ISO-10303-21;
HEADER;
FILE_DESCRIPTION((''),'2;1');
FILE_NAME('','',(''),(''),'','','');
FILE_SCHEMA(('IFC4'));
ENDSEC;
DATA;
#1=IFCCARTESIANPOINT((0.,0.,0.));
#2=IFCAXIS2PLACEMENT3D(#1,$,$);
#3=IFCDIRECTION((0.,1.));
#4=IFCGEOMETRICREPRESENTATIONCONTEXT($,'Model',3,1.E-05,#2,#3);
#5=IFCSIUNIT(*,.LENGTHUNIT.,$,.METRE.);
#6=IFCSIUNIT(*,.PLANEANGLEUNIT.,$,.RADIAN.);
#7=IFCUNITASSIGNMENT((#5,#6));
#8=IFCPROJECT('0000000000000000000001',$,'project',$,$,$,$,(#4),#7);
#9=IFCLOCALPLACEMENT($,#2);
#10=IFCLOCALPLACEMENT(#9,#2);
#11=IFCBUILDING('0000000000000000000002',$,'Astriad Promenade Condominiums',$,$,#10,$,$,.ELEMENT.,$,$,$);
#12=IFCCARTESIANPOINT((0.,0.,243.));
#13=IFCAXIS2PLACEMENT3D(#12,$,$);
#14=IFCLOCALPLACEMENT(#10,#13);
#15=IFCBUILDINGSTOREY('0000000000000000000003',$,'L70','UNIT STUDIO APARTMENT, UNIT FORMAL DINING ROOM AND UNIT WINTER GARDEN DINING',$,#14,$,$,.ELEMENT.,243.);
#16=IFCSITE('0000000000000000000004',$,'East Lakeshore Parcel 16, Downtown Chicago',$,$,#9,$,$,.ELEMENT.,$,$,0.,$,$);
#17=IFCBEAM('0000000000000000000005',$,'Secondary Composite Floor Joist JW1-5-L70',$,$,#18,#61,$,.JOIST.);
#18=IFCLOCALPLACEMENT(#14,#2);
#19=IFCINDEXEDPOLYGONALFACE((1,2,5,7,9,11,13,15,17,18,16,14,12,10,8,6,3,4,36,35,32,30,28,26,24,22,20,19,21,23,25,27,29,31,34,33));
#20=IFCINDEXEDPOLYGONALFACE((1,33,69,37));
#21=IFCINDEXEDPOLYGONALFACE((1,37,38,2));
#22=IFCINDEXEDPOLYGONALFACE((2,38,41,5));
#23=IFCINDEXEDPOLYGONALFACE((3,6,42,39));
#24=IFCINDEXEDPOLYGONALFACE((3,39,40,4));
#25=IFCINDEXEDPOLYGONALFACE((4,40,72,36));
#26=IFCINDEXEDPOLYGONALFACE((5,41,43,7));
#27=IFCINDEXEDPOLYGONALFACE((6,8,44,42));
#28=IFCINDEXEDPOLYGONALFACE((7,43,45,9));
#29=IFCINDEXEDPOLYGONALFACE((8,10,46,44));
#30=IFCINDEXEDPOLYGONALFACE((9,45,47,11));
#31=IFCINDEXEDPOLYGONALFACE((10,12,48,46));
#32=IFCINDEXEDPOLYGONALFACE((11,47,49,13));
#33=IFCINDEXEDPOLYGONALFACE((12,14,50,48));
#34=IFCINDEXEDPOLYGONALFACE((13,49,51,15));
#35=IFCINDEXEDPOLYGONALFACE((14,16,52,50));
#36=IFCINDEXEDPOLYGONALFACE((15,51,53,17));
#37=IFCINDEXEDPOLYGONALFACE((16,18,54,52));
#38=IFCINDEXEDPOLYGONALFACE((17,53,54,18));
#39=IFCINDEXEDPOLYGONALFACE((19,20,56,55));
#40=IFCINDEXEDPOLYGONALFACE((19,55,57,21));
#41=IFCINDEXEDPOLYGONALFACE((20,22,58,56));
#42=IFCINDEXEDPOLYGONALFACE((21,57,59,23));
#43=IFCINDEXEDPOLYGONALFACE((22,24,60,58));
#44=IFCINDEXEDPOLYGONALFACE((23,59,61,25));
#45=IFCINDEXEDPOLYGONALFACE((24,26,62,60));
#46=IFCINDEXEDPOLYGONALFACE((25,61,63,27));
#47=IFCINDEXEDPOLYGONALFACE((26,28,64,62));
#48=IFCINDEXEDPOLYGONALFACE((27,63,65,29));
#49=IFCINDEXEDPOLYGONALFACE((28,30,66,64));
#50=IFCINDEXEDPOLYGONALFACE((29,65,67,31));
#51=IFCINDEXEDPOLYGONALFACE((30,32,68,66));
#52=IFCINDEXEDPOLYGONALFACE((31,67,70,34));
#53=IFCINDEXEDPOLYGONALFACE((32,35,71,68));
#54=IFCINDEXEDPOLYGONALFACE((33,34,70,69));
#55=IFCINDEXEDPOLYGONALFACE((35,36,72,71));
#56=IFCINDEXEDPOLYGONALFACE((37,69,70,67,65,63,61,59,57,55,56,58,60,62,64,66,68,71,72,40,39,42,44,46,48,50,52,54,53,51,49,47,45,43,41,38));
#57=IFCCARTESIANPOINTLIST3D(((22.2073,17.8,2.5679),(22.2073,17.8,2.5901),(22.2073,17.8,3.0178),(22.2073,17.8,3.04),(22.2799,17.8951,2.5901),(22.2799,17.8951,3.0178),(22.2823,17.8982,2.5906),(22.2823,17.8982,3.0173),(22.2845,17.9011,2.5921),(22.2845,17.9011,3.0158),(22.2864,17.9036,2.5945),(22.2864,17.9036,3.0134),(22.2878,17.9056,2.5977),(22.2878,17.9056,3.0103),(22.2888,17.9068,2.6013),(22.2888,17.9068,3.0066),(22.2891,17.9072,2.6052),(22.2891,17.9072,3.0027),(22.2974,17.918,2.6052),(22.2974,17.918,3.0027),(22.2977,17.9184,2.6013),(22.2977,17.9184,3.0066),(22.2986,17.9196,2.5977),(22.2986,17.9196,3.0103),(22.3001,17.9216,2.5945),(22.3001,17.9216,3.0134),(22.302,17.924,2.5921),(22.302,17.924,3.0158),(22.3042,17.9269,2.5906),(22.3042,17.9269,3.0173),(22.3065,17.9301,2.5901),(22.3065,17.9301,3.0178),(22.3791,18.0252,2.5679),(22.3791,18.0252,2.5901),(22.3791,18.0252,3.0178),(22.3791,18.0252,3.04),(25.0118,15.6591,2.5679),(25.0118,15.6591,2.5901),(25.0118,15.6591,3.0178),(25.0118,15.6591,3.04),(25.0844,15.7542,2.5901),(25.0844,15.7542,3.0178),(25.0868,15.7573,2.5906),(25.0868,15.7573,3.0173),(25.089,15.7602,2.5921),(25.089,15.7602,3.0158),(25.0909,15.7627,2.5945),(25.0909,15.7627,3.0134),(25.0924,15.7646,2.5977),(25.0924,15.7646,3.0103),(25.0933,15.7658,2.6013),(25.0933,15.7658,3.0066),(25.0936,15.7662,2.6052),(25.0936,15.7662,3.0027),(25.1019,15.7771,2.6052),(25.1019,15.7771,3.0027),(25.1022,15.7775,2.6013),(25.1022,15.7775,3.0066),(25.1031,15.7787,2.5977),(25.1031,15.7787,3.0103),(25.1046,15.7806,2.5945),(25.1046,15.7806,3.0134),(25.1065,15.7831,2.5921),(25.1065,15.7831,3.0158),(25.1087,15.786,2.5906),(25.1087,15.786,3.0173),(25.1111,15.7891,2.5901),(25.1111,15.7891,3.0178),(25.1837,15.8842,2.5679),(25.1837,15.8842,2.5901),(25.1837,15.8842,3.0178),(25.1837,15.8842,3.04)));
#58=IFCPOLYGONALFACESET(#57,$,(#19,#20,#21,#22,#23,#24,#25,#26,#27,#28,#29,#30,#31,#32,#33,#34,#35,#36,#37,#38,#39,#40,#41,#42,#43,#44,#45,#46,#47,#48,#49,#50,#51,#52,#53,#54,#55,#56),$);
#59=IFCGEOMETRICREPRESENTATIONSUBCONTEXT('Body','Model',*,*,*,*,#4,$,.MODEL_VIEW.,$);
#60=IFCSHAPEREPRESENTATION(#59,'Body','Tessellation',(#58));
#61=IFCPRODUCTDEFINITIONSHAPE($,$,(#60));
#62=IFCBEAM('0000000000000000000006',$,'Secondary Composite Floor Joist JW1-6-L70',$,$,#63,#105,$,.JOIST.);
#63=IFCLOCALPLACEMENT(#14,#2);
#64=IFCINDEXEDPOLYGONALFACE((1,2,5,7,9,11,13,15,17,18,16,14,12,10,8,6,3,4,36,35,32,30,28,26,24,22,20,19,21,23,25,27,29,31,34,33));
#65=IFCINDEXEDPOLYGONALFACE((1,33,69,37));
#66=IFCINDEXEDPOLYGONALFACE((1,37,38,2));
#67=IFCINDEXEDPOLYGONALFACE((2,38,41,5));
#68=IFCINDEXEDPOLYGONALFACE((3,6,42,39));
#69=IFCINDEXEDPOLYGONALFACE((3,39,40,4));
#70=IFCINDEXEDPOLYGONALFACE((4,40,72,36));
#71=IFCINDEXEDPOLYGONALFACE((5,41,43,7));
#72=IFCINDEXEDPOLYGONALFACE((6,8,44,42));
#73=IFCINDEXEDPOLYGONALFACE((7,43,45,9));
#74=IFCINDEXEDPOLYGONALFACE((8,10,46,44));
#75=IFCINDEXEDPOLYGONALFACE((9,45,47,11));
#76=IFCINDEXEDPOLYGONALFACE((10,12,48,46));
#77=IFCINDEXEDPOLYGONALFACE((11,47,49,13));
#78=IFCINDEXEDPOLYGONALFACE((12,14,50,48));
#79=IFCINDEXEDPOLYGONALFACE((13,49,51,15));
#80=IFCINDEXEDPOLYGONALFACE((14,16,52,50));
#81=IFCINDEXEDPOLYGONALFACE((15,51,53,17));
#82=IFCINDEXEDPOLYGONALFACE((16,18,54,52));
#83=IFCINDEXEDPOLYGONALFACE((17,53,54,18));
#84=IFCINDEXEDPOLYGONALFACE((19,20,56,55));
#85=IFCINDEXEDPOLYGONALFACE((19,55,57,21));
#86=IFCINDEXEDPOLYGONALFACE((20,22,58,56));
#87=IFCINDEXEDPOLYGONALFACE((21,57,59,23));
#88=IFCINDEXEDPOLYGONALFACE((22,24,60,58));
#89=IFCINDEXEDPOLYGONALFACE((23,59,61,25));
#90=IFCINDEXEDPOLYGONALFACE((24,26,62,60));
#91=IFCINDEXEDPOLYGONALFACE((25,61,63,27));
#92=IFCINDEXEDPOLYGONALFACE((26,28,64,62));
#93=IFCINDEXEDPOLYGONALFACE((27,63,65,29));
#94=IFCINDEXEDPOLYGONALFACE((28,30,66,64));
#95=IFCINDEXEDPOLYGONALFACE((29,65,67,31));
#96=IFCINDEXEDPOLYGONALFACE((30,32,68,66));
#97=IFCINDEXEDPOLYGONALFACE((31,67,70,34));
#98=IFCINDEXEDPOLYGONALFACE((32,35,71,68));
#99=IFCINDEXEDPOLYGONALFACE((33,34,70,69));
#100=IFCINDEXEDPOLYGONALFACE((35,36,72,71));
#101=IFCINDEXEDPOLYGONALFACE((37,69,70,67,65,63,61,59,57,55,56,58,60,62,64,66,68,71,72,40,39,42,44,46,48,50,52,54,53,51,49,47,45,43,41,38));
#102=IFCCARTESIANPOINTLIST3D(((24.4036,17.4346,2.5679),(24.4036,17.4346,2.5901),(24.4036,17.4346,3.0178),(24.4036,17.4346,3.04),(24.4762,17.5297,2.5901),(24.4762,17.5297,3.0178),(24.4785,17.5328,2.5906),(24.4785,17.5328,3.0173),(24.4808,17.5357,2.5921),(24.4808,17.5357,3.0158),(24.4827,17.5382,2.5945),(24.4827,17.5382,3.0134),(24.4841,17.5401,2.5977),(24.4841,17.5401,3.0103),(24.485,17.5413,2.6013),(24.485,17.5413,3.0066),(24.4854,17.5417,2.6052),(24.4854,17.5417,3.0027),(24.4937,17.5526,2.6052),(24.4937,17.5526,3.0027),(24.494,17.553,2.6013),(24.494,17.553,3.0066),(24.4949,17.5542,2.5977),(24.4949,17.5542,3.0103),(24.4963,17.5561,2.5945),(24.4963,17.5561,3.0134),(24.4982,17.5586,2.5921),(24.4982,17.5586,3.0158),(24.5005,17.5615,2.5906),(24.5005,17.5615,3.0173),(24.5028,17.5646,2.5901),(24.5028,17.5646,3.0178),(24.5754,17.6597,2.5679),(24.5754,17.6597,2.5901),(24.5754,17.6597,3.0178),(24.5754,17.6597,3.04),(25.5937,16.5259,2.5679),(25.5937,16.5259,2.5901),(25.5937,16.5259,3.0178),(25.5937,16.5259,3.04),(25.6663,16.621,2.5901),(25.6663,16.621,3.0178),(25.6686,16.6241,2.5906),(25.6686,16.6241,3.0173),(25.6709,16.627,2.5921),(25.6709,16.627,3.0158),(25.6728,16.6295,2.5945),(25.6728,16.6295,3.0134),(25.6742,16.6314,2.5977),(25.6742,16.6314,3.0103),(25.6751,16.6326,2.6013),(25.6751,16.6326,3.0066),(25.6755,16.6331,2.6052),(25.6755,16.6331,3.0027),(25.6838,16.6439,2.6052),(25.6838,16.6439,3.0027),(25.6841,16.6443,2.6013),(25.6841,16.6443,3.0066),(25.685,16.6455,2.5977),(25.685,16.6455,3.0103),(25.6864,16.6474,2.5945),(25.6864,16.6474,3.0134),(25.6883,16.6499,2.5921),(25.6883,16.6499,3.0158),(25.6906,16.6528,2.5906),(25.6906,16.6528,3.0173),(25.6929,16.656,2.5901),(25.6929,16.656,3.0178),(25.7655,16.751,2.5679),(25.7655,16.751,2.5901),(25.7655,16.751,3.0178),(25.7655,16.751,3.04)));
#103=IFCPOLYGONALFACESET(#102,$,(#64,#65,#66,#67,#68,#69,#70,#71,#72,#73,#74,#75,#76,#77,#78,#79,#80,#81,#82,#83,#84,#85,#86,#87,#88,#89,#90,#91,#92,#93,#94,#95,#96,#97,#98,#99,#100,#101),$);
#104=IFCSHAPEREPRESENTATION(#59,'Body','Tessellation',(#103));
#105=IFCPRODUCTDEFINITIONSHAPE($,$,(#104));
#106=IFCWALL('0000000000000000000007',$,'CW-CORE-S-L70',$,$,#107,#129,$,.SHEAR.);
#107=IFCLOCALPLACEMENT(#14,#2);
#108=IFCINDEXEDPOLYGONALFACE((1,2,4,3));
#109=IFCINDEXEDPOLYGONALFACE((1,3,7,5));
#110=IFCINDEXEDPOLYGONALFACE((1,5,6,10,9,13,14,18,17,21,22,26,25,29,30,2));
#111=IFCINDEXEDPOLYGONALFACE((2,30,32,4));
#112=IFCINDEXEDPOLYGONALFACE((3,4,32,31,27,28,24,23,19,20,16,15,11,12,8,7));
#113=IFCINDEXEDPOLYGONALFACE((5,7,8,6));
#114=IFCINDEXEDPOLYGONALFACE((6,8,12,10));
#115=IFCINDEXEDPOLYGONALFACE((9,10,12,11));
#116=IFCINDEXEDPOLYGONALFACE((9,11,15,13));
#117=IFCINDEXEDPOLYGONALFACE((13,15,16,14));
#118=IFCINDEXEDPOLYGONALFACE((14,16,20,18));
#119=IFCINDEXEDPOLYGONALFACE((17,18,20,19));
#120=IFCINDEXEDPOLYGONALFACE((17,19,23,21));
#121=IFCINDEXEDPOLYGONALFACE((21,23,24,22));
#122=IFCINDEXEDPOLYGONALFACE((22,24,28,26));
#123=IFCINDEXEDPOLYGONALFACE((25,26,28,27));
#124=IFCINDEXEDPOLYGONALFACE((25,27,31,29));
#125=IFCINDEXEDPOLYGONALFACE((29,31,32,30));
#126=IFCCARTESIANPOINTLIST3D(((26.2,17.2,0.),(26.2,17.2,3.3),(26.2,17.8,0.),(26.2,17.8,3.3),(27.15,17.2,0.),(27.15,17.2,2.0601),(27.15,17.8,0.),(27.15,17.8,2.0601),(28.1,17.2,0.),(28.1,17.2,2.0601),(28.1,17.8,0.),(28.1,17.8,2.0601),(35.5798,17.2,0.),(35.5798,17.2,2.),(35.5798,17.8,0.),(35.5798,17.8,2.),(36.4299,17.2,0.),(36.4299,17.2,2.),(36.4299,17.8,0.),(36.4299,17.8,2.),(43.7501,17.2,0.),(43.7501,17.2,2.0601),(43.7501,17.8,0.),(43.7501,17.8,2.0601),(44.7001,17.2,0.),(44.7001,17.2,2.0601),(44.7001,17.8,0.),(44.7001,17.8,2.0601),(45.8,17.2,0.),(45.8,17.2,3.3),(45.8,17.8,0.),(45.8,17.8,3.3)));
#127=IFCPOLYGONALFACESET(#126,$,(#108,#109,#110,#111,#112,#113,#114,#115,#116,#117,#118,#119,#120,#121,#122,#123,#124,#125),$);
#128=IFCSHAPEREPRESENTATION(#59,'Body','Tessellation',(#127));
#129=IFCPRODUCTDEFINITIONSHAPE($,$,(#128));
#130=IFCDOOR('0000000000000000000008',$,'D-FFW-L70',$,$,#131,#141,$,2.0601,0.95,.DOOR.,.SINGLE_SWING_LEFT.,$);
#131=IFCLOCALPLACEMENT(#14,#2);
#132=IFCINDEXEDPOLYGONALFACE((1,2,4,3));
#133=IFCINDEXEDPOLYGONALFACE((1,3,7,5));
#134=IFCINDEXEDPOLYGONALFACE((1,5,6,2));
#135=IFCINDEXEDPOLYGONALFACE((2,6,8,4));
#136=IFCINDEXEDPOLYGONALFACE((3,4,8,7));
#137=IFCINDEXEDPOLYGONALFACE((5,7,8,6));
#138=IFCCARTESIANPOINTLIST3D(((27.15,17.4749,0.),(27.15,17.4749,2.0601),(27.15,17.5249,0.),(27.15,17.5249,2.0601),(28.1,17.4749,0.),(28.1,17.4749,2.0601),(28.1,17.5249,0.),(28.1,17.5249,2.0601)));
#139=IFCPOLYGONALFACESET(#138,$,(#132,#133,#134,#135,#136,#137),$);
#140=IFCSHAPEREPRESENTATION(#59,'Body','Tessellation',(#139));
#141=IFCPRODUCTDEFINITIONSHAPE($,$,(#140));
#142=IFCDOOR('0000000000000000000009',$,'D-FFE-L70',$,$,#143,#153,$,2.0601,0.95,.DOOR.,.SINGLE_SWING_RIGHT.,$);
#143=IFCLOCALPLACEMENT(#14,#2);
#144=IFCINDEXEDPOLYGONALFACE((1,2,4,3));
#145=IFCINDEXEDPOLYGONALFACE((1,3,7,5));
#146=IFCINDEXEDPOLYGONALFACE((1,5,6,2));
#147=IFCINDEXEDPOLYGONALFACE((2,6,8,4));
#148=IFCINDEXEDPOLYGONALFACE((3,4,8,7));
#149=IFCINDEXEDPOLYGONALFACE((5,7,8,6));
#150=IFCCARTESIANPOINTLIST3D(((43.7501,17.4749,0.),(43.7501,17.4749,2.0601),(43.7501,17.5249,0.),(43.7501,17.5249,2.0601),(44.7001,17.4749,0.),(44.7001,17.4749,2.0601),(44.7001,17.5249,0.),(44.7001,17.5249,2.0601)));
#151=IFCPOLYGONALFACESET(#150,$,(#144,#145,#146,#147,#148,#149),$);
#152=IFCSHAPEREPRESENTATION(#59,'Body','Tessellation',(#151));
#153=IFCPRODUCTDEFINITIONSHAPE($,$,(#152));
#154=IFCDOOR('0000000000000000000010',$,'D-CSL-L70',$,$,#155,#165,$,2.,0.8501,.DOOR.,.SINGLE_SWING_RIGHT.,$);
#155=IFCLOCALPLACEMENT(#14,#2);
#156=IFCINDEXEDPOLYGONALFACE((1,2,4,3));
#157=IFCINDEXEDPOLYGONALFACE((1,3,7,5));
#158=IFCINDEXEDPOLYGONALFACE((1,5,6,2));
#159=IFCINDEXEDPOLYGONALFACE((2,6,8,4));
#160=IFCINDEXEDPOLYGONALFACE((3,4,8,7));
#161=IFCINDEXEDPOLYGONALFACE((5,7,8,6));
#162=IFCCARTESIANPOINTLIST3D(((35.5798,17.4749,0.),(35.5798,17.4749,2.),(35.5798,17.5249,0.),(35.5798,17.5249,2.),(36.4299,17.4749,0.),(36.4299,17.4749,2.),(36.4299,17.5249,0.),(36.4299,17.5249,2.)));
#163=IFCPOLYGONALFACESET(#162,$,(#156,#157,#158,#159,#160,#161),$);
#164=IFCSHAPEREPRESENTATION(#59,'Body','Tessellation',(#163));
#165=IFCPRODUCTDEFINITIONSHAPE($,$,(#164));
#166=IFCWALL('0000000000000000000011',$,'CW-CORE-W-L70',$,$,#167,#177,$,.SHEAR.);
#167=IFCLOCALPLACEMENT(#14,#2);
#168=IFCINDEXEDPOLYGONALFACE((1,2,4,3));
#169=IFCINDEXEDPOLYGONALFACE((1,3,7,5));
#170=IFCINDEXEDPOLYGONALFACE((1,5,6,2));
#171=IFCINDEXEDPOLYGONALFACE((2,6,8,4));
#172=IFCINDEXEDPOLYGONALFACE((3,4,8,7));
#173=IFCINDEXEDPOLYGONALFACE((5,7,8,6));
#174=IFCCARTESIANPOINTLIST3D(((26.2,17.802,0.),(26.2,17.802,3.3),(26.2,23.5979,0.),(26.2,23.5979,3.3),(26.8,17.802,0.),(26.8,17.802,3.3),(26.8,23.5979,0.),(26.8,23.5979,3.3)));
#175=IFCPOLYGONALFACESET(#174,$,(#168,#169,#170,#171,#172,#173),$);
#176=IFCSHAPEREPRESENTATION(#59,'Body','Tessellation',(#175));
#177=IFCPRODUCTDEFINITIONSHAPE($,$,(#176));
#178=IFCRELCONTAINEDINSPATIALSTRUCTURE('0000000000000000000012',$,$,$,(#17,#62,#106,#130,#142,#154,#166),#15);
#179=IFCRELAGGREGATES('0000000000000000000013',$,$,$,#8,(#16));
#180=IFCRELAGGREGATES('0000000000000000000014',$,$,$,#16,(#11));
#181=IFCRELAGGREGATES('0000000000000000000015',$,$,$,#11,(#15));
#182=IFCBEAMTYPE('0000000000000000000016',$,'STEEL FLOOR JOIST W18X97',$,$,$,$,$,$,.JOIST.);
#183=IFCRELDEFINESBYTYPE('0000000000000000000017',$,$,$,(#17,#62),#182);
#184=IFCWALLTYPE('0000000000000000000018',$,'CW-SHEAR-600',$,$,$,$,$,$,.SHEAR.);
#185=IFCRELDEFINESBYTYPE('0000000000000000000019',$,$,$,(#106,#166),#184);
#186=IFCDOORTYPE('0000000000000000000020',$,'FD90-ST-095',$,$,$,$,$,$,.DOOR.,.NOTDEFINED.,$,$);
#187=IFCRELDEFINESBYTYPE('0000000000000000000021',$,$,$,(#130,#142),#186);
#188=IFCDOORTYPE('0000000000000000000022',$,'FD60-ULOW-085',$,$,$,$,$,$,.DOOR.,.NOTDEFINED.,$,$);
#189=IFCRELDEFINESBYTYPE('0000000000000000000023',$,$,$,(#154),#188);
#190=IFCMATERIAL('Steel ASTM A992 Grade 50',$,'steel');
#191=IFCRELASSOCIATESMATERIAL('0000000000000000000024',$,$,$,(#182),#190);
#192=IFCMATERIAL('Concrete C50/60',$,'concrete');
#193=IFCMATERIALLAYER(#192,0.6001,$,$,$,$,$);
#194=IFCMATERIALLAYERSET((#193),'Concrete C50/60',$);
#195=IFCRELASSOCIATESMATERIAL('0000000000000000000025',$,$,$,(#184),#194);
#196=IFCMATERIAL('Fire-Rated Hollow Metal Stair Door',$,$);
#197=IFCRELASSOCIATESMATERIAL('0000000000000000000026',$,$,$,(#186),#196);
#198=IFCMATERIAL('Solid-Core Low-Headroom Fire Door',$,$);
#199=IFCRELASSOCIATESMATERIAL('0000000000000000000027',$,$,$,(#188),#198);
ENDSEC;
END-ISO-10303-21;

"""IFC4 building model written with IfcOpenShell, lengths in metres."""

from ifc_helpers import new_model, si_unit, direction, frame, frame_2d, origin, origin_2d, place, context, subcontext, project, spatial, rectangle, i_section, extrude, source, transform, mapped, material, layer, layer_set, material_profile, profile_set, type_object, type_shapes, element, fill, save


model = new_model("IFC4")

# Units and contexts
model_context = context("Model", 3, precision=1e-05, world=origin(), true_north=direction((0.0, 1.0)))
body_context = subcontext(model_context, "Body", "Model", "MODEL_VIEW")
ifc_project = project(units=[si_unit("LENGTHUNIT", "METRE"), si_unit("PLANEANGLEUNIT", "RADIAN")], contexts=[model_context])

# Site, building, storey
site_placement = place(None, origin())
site = spatial("IfcSite", under=ifc_project, at=site_placement, Name="East Lakeshore Parcel 16, Downtown Chicago", CompositionType="ELEMENT", RefElevation=0.0)
building_placement = place(site_placement, origin())
building = spatial("IfcBuilding", under=site, at=building_placement, Name="Astriad Promenade Condominiums", CompositionType="ELEMENT")
storey_placement = place(building_placement, frame((0.0, 0.0, 243.0)))
storey = spatial("IfcBuildingStorey", under=building, at=storey_placement, Name="L70", Description="UNIT STUDIO APARTMENT, UNIT FORMAL DINING ROOM AND UNIT WINTER GARDEN DINING", CompositionType="ELEMENT", Elevation=243.0)

# Shared definitions
ifc_material_1 = material(Name="Steel ASTM A992 Grade 50", Category="steel")

# Beams
ifc_material_profile_1 = material_profile(ifc_material_1, i_section(OverallWidth=0.2832, OverallDepth=0.4722, WebThickness=0.0137, FlangeThickness=0.0222, FilletRadius=0.0151, at=origin_2d()), Name="W18X97")
ifc_profile_set_1 = profile_set([ifc_material_profile_1], Name="Steel ASTM A992 Grade 50")
beam_type_1 = type_object("IfcBeamType", Name="STEEL FLOOR JOIST W18X97", PredefinedType="JOIST", material=ifc_profile_set_1)
shared_shape_1 = source(origin(), body_context, "Body", "SweptSolid", [
    extrude(i_section(OverallWidth=0.2832, OverallDepth=0.4722, WebThickness=0.0137, FlangeThickness=0.0222, FilletRadius=0.0151, at=origin_2d()), origin(), (0.0, 0.0, 1.0), 3.5283),
])
beam_1_placement = place(storey_placement, frame((22.2932, 17.9126, 2.804), z_axis=(0.794864, -0.606787, 0.0), x_axis=(0.606787, 0.794864, 0.0)))
element("IfcBeam", 1, at=beam_1_placement, inside=storey, type_object=beam_type_1, Name="Secondary Composite Floor Joist JW1-5-L70", PredefinedType="JOIST", context=body_context, shape_type="MappedRepresentation", body=[
    mapped(shared_shape_1, transform((0.0, 0.0, 0.0), scale=1.0)),
])
shared_shape_2 = source(origin(), body_context, "Body", "SweptSolid", [
    extrude(i_section(OverallWidth=0.2832, OverallDepth=0.4722, WebThickness=0.0137, FlangeThickness=0.0222, FilletRadius=0.0151, at=origin_2d()), origin(), (0.0, 0.0, 1.0), 1.4973),
])
type_shapes(beam_type_1, [shared_shape_1, shared_shape_2])
beam_2_placement = place(storey_placement, frame((24.4895, 17.5471, 2.804), z_axis=(0.794825, -0.606839, 0.0), x_axis=(0.606839, 0.794825, 0.0)))
element("IfcBeam", 2, at=beam_2_placement, inside=storey, type_object=beam_type_1, Name="Secondary Composite Floor Joist JW1-6-L70", PredefinedType="JOIST", context=body_context, shape_type="MappedRepresentation", body=[
    mapped(shared_shape_2, transform((0.0, 0.0, 0.0), scale=1.0)),
])

# Wall, openings, doors
ifc_material_2 = material(Name="Concrete C50/60", Category="concrete")
ifc_layer_1 = layer(ifc_material_2, 0.6001)
ifc_layer_set_1 = layer_set([ifc_layer_1], Name="Concrete C50/60")
wall_type_1 = type_object("IfcWallType", Name="CW-SHEAR-600", PredefinedType="SHEAR", material=ifc_layer_set_1)
wall_1_placement = place(storey_placement, frame((26.2, 17.5, 0.0), z_axis=(0.0, 0.0, 1.0), x_axis=(1.0, 0.0, 0.0)))
wall_1 = element("IfcWall", 3, at=wall_1_placement, inside=storey, type_object=wall_type_1, Name="CW-CORE-S-L70", PredefinedType="SHEAR", context=body_context, shape_type="SweptSolid", body=[
    extrude(rectangle(XDim=19.6001, YDim=0.6001, at=frame_2d((9.8, 0.0))), origin(), (0.0, 0.0, 1.0), 3.3),
])
opening_1_placement = place(wall_1_placement, frame((0.95, 0.0, 0.0)))
opening_1 = element("IfcOpeningElement", 4, at=opening_1_placement, cuts=wall_1, PredefinedType="OPENING", context=body_context, shape_type="SweptSolid", body=[
    extrude(rectangle(XDim=0.95, YDim=2.0601, at=frame_2d((0.4751, 1.03))), frame((0.0, 0.3101, 0.0), z_axis=(0.0, -1.0, 0.0), x_axis=(1.0, 0.0, 0.0)), (0.0, 0.0, 1.0), 0.6201),
])
opening_2_placement = place(wall_1_placement, frame((9.3799, 0.0, 0.0)))
opening_2 = element("IfcOpeningElement", 5, at=opening_2_placement, cuts=wall_1, PredefinedType="OPENING", context=body_context, shape_type="SweptSolid", body=[
    extrude(rectangle(XDim=0.8501, YDim=2.0, at=frame_2d((0.425, 1.0))), frame((0.0, 0.3101, 0.0), z_axis=(0.0, -1.0, 0.0), x_axis=(1.0, 0.0, 0.0)), (0.0, 0.0, 1.0), 0.6201),
])
opening_3_placement = place(wall_1_placement, frame((17.55, 0.0, 0.0)))
opening_3 = element("IfcOpeningElement", 6, at=opening_3_placement, cuts=wall_1, PredefinedType="OPENING", context=body_context, shape_type="SweptSolid", body=[
    extrude(rectangle(XDim=0.95, YDim=2.0601, at=frame_2d((0.4751, 1.03))), frame((0.0, 0.3101, 0.0), z_axis=(0.0, -1.0, 0.0), x_axis=(1.0, 0.0, 0.0)), (0.0, 0.0, 1.0), 0.6201),
])
ifc_material_3 = material(Name="Fire-Rated Hollow Metal Stair Door")
door_type_1 = type_object("IfcDoorType", Name="FD90-ST-095", OperationType="NOTDEFINED", PredefinedType="DOOR", material=ifc_material_3)
shared_shape_3 = source(origin(), body_context, "Body", "SweptSolid", [
    extrude(rectangle(XDim=0.95, YDim=2.0601, at=frame_2d((0.4751, 1.03))), frame((0.0, 0.0249, 0.0), z_axis=(0.0, -1.0, 0.0), x_axis=(1.0, 0.0, 0.0)), (0.0, 0.0, 1.0), 0.05),
])
type_shapes(door_type_1, [shared_shape_3])
door_1_placement = place(opening_1_placement, origin())
door_1 = element("IfcDoor", 7, at=door_1_placement, inside=storey, type_object=door_type_1, Name="D-FFW-L70", OperationType="SINGLE_SWING_LEFT", OverallHeight=2.0601, OverallWidth=0.95, PredefinedType="DOOR", context=body_context, shape_type="MappedRepresentation", body=[
    mapped(shared_shape_3, transform((0.0, 0.0, 0.0), scale=1.0)),
])
fill(opening_1, door_1)
door_2_placement = place(opening_3_placement, origin())
door_2 = element("IfcDoor", 8, at=door_2_placement, inside=storey, type_object=door_type_1, Name="D-FFE-L70", OperationType="SINGLE_SWING_RIGHT", OverallHeight=2.0601, OverallWidth=0.95, PredefinedType="DOOR", context=body_context, shape_type="MappedRepresentation", body=[
    mapped(shared_shape_3, transform((0.0, 0.0, 0.0), scale=1.0)),
])
fill(opening_3, door_2)
ifc_material_4 = material(Name="Solid-Core Low-Headroom Fire Door")
door_type_2 = type_object("IfcDoorType", Name="FD60-ULOW-085", OperationType="NOTDEFINED", PredefinedType="DOOR", material=ifc_material_4)
shared_shape_4 = source(origin(), body_context, "Body", "SweptSolid", [
    extrude(rectangle(XDim=0.8501, YDim=2.0, at=frame_2d((0.425, 1.0))), frame((0.0, 0.0249, 0.0), z_axis=(0.0, -1.0, 0.0), x_axis=(1.0, 0.0, 0.0)), (0.0, 0.0, 1.0), 0.05),
])
type_shapes(door_type_2, [shared_shape_4])
door_3_placement = place(opening_2_placement, origin())
door_3 = element("IfcDoor", 9, at=door_3_placement, inside=storey, type_object=door_type_2, Name="D-CSL-L70", OperationType="SINGLE_SWING_RIGHT", OverallHeight=2.0, OverallWidth=0.8501, PredefinedType="DOOR", context=body_context, shape_type="MappedRepresentation", body=[
    mapped(shared_shape_4, transform((0.0, 0.0, 0.0), scale=1.0)),
])
fill(opening_2, door_3)

# Wall
wall_2_placement = place(storey_placement, frame((26.5, 17.802, 0.0), z_axis=(0.0, 0.0, 1.0), x_axis=(0.0, 1.0, 0.0)))
element("IfcWall", 10, at=wall_2_placement, inside=storey, type_object=wall_type_1, Name="CW-CORE-W-L70", PredefinedType="SHEAR", context=body_context, shape_type="SweptSolid", body=[
    extrude(rectangle(XDim=5.7959, YDim=0.6001, at=frame_2d((2.8979, 0.0))), origin(), (0.0, 0.0, 1.0), 3.3),
])

save(model, "model.ifc")
